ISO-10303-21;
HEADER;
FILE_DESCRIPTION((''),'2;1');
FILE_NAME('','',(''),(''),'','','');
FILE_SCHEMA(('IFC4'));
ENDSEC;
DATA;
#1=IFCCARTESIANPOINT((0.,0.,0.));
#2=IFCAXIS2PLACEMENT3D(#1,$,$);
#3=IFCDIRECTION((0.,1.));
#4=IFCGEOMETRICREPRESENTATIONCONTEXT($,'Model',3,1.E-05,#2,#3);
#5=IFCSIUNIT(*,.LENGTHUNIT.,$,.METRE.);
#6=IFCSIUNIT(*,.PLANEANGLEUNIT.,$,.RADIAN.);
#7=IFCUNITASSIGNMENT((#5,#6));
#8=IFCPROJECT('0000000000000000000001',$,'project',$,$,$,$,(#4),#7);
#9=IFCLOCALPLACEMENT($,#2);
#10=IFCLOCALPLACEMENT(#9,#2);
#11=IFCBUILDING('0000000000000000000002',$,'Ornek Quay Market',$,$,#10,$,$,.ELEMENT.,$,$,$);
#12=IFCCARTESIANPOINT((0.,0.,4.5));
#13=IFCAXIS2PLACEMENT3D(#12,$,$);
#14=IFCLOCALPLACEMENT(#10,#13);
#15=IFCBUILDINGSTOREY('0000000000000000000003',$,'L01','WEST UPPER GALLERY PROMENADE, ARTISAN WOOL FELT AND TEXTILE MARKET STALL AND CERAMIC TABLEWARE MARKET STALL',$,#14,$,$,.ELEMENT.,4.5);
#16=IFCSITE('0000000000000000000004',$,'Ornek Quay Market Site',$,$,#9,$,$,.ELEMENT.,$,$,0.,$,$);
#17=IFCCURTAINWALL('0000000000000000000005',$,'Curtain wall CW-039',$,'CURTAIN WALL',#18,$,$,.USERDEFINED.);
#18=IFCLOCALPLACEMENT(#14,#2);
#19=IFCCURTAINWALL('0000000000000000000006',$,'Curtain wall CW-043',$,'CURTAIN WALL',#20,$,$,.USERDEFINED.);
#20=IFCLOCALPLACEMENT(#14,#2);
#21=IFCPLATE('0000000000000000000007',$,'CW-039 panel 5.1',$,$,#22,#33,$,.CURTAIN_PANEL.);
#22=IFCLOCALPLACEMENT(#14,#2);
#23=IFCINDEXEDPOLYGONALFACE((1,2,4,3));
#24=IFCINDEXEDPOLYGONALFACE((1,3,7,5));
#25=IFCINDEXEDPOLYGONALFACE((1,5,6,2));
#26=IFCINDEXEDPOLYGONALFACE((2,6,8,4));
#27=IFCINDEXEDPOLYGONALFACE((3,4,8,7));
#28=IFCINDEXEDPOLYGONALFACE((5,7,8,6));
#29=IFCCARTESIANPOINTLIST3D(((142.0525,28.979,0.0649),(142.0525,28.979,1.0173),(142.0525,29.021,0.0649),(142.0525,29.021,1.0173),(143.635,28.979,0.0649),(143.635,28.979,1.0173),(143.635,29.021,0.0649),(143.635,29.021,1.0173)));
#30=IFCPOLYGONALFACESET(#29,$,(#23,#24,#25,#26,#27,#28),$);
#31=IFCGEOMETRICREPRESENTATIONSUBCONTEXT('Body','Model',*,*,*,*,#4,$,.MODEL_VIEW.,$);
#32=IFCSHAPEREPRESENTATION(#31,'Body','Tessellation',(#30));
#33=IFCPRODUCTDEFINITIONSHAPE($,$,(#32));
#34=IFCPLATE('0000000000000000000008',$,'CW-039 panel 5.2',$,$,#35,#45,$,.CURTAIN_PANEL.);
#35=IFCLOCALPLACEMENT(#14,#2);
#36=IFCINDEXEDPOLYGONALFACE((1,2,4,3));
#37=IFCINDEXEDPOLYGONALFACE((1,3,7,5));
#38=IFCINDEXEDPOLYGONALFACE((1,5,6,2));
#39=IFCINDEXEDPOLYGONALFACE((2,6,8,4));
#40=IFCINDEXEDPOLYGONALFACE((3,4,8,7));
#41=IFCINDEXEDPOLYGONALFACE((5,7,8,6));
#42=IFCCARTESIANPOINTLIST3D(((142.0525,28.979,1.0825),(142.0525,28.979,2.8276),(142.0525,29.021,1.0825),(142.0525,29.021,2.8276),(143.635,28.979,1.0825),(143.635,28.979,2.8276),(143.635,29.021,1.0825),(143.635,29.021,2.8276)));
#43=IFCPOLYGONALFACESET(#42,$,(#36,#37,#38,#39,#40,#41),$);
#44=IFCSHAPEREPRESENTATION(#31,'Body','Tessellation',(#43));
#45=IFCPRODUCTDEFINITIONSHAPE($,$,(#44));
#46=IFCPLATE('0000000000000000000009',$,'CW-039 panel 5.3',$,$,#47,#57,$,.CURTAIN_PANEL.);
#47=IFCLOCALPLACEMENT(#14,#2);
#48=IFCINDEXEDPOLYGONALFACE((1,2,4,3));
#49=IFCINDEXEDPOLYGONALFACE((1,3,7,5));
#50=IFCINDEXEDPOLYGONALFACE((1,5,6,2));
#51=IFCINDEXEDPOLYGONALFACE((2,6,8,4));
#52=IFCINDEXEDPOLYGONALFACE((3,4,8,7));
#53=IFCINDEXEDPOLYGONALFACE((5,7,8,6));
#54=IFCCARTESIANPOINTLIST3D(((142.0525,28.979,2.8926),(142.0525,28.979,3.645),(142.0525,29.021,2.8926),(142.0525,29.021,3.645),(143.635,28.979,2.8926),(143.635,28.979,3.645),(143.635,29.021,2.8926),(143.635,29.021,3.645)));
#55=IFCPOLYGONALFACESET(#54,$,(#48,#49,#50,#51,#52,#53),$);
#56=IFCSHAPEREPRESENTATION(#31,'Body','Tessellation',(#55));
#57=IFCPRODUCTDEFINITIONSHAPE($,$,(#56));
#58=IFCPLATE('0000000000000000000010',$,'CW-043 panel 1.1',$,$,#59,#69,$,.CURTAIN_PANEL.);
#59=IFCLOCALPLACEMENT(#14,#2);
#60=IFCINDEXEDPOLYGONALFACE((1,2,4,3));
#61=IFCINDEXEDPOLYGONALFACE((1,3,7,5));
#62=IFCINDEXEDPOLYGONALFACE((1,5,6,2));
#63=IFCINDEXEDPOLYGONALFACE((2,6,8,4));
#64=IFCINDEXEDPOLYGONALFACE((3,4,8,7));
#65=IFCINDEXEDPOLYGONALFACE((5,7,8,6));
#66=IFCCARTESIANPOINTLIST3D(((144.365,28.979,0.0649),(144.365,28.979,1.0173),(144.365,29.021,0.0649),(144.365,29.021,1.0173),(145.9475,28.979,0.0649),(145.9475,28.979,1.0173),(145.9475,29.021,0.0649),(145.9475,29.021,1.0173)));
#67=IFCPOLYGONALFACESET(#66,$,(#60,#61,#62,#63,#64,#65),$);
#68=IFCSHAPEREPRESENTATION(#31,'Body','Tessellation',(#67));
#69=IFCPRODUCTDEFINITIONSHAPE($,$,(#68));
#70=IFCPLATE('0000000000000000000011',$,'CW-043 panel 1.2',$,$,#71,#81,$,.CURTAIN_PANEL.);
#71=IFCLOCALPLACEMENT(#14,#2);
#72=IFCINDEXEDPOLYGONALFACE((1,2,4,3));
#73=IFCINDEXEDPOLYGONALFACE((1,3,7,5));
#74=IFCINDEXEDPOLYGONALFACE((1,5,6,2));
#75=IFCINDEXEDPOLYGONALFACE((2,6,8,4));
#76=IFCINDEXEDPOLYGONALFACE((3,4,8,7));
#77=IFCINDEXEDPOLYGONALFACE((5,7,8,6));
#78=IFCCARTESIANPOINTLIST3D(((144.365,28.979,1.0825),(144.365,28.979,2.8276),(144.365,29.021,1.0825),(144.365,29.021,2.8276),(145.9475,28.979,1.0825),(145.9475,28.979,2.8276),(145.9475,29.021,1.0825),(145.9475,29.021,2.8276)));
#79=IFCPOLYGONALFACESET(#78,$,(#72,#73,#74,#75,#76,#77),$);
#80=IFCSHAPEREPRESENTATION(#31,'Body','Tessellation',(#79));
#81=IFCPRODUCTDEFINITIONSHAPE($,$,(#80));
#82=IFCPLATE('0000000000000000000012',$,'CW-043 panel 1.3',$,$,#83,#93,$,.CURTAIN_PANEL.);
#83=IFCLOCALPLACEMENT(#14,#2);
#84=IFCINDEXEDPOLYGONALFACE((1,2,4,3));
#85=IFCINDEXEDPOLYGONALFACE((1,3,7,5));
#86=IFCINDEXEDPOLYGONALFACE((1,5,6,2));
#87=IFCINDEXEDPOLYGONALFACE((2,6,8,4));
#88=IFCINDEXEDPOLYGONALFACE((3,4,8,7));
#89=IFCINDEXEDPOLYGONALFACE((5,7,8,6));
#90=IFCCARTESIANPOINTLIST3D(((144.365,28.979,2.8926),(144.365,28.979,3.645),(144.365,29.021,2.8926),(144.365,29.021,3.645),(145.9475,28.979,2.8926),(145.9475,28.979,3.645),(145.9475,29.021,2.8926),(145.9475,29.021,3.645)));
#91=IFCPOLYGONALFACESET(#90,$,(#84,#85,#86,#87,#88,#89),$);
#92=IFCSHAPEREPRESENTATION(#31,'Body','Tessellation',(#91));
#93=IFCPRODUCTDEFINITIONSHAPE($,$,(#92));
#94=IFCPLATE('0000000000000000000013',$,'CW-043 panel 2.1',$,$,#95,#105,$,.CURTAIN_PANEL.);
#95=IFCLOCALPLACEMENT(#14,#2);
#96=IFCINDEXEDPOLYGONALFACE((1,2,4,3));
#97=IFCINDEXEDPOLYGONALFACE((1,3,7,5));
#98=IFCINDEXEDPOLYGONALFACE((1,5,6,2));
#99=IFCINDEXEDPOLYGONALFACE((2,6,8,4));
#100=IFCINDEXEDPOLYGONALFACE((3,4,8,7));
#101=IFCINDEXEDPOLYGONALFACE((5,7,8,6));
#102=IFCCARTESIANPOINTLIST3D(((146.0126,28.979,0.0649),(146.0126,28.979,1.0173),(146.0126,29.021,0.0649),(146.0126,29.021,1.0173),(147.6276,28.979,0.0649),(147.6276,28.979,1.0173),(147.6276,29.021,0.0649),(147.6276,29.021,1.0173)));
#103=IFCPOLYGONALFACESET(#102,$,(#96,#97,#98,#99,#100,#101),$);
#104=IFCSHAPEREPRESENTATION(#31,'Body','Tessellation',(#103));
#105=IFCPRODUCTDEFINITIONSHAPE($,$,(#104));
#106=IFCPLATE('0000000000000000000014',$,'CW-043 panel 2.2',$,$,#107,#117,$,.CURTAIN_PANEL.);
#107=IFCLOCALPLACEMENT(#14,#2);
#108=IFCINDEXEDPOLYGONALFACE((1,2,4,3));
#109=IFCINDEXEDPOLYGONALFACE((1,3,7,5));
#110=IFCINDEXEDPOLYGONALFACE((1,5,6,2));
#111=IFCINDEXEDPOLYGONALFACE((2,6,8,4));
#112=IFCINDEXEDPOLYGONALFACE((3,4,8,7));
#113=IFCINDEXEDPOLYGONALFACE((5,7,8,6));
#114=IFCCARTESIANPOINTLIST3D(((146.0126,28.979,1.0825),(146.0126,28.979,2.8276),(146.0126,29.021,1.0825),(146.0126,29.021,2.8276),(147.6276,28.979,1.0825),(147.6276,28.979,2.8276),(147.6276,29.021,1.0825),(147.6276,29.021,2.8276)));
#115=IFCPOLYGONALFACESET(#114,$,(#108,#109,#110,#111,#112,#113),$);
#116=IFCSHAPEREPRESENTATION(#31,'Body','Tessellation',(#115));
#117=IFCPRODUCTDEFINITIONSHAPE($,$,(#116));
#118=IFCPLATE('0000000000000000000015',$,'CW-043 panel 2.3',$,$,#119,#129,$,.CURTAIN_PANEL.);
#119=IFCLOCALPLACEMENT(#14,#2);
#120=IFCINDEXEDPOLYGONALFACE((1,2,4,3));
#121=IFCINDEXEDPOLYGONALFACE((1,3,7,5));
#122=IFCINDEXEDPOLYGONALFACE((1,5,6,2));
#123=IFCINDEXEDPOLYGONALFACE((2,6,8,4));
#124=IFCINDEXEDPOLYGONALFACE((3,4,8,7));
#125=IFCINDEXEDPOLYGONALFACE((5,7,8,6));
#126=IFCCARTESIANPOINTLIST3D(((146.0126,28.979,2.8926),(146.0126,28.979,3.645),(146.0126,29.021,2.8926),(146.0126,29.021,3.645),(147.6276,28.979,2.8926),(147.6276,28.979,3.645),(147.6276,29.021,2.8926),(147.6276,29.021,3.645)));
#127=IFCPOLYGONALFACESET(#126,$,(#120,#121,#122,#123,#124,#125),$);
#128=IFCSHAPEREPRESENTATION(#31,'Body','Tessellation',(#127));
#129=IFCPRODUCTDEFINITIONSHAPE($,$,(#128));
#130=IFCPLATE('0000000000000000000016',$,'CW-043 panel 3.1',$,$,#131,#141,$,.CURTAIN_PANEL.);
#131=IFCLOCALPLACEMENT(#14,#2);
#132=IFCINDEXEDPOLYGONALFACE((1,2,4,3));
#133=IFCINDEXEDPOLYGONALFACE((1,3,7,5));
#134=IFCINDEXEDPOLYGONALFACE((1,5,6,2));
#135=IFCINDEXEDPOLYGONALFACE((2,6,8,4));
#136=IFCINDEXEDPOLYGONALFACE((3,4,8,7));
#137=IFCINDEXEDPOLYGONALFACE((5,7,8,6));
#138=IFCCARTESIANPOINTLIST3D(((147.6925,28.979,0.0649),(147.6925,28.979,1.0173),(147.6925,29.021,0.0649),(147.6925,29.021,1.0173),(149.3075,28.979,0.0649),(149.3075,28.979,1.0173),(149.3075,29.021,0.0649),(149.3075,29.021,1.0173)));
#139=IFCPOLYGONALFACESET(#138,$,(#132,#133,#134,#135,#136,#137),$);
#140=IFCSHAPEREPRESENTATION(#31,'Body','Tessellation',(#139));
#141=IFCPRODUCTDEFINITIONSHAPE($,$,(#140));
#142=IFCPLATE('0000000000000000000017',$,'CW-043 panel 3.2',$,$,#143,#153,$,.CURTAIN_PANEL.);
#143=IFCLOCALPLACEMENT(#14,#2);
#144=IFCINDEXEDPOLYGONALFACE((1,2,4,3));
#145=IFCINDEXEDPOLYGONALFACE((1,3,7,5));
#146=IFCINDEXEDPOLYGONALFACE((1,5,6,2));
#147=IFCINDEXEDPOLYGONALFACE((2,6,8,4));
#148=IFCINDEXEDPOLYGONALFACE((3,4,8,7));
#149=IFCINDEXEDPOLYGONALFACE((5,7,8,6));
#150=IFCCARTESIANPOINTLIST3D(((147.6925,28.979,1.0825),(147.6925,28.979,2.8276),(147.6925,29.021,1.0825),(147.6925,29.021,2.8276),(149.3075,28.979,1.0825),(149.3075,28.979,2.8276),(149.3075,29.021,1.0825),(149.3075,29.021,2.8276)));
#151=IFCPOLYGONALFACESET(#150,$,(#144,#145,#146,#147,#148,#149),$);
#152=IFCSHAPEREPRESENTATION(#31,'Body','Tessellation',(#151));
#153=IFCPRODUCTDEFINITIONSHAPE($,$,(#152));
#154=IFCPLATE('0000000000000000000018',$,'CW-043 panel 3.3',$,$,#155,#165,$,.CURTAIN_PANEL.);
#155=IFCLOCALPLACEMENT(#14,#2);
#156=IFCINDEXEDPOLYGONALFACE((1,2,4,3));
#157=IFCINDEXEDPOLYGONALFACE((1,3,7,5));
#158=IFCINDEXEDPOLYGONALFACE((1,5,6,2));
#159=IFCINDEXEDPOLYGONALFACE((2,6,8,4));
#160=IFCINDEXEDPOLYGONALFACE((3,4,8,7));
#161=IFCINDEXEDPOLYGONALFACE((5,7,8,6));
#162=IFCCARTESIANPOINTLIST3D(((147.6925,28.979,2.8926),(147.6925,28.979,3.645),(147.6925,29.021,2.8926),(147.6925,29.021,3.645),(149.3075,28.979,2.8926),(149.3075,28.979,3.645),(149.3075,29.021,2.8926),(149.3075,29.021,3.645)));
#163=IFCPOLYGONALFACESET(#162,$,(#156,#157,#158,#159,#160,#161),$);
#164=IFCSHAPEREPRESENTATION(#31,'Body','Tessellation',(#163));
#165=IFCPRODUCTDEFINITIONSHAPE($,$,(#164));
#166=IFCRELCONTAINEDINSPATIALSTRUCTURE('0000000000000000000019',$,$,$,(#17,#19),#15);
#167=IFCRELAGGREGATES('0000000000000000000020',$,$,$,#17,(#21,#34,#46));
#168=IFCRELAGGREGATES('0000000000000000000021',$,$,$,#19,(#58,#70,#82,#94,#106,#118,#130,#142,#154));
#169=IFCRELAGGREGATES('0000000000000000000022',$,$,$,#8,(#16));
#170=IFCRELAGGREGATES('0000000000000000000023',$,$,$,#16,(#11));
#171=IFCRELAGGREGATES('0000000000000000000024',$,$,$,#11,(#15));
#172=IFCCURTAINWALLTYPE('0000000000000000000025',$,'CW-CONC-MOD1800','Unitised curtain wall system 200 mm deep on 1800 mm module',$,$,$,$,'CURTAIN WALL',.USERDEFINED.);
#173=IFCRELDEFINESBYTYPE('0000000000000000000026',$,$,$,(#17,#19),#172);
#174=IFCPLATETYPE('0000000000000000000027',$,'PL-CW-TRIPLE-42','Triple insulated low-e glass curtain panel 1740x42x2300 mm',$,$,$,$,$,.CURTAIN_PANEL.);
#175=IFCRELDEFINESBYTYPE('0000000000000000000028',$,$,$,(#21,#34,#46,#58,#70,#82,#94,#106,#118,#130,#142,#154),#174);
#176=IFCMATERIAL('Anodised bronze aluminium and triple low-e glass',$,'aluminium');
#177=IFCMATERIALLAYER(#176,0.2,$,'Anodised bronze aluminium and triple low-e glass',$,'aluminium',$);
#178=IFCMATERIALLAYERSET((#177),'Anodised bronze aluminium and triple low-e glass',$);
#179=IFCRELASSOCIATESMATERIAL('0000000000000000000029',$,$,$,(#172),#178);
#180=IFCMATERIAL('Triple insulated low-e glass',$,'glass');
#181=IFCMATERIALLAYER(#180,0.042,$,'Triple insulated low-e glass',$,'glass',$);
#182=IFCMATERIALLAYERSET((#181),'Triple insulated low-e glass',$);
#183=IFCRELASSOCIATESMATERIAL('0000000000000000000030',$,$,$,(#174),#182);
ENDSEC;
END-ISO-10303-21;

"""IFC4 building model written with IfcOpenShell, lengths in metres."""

from ifc_helpers import new_model, si_unit, direction, frame, origin, origin_2d, place, context, subcontext, project, spatial, rectangle, extrude, material, layer, layer_set, type_object, element, aggregate, save


model = new_model("IFC4")

# Units and contexts
model_context = context("Model", 3, precision=1e-05, world=origin(), true_north=direction((0.0, 1.0)))
body_context = subcontext(model_context, "Body", "Model", "MODEL_VIEW")
ifc_project = project(units=[si_unit("LENGTHUNIT", "METRE"), si_unit("PLANEANGLEUNIT", "RADIAN")], contexts=[model_context])

# Site, building, storey
site_placement = place(None, origin())
site = spatial("IfcSite", under=ifc_project, at=site_placement, Name="Ornek Quay Market Site", CompositionType="ELEMENT", RefElevation=0.0)
building_placement = place(site_placement, origin())
building = spatial("IfcBuilding", under=site, at=building_placement, Name="Ornek Quay Market", CompositionType="ELEMENT")
storey_placement = place(building_placement, frame((0.0, 0.0, 4.5)))
storey = spatial("IfcBuildingStorey", under=building, at=storey_placement, Name="L01", Description="WEST UPPER GALLERY PROMENADE, ARTISAN WOOL FELT AND TEXTILE MARKET STALL AND CERAMIC TABLEWARE MARKET STALL", CompositionType="ELEMENT", Elevation=4.5)

# Curtain wall
ifc_material_1 = material(Name="Anodised bronze aluminium and triple low-e glass", Category="aluminium")
ifc_layer_1 = layer(ifc_material_1, 0.2, Name="Anodised bronze aluminium and triple low-e glass", Category="aluminium")
ifc_layer_set_1 = layer_set([ifc_layer_1], Name="Anodised bronze aluminium and triple low-e glass")
curtain_wall_type_1 = type_object("IfcCurtainWallType", Name="CW-CONC-MOD1800", Description="Unitised curtain wall system 200 mm deep on 1800 mm module", ElementType="CURTAIN WALL", PredefinedType="USERDEFINED", material=ifc_layer_set_1)
curtain_wall_1_placement = place(storey_placement, origin())
curtain_wall_1 = element("IfcCurtainWall", 1, at=curtain_wall_1_placement, inside=storey, type_object=curtain_wall_type_1, Name="Curtain wall CW-039", ObjectType="CURTAIN WALL", PredefinedType="USERDEFINED")

# Curtain wall
curtain_wall_2_placement = place(storey_placement, origin())
curtain_wall_2 = element("IfcCurtainWall", 2, at=curtain_wall_2_placement, inside=storey, type_object=curtain_wall_type_1, Name="Curtain wall CW-043", ObjectType="CURTAIN WALL", PredefinedType="USERDEFINED")

# Plates
ifc_material_2 = material(Name="Triple insulated low-e glass", Category="glass")
ifc_layer_2 = layer(ifc_material_2, 0.042, Name="Triple insulated low-e glass", Category="glass")
ifc_layer_set_2 = layer_set([ifc_layer_2], Name="Triple insulated low-e glass")
plate_type = type_object("IfcPlateType", Name="PL-CW-TRIPLE-42", Description="Triple insulated low-e glass curtain panel 1740x42x2300 mm", PredefinedType="CURTAIN_PANEL", material=ifc_layer_set_2)
plate_1_placement = place(storey_placement, frame((142.8438, 29.0, 0.0649), z_axis=(0.0, 0.0, 1.0), x_axis=(1.0, 0.0, 0.0)))
plate_1 = element("IfcPlate", 3, at=plate_1_placement, type_object=plate_type, Name="CW-039 panel 5.1", PredefinedType="CURTAIN_PANEL", context=body_context, shape_type="SweptSolid", body=[
    extrude(rectangle(XDim=1.5825, YDim=0.042, at=origin_2d()), origin(), (0.0, 0.0, 1.0), 0.9524),
])
plate_2_placement = place(storey_placement, frame((142.8438, 29.0, 1.0825), z_axis=(0.0, 0.0, 1.0), x_axis=(1.0, 0.0, 0.0)))
plate_2 = element("IfcPlate", 4, at=plate_2_placement, type_object=plate_type, Name="CW-039 panel 5.2", PredefinedType="CURTAIN_PANEL", context=body_context, shape_type="SweptSolid", body=[
    extrude(rectangle(XDim=1.5825, YDim=0.042, at=origin_2d()), origin(), (0.0, 0.0, 1.0), 1.7451),
])
plate_3_placement = place(storey_placement, frame((142.8438, 29.0, 2.8926), z_axis=(0.0, 0.0, 1.0), x_axis=(1.0, 0.0, 0.0)))
plate_3 = element("IfcPlate", 5, at=plate_3_placement, type_object=plate_type, Name="CW-039 panel 5.3", PredefinedType="CURTAIN_PANEL", context=body_context, shape_type="SweptSolid", body=[
    extrude(rectangle(XDim=1.5825, YDim=0.042, at=origin_2d()), origin(), (0.0, 0.0, 1.0), 0.7524),
])
aggregate(curtain_wall_1, [plate_1, plate_2, plate_3])
plate_4_placement = place(storey_placement, frame((145.1562, 29.0, 0.0649), z_axis=(0.0, 0.0, 1.0), x_axis=(1.0, 0.0, 0.0)))
plate_4 = element("IfcPlate", 6, at=plate_4_placement, type_object=plate_type, Name="CW-043 panel 1.1", PredefinedType="CURTAIN_PANEL", context=body_context, shape_type="SweptSolid", body=[
    extrude(rectangle(XDim=1.5825, YDim=0.042, at=origin_2d()), origin(), (0.0, 0.0, 1.0), 0.9524),
])
plate_5_placement = place(storey_placement, frame((145.1562, 29.0, 1.0825), z_axis=(0.0, 0.0, 1.0), x_axis=(1.0, 0.0, 0.0)))
plate_5 = element("IfcPlate", 7, at=plate_5_placement, type_object=plate_type, Name="CW-043 panel 1.2", PredefinedType="CURTAIN_PANEL", context=body_context, shape_type="SweptSolid", body=[
    extrude(rectangle(XDim=1.5825, YDim=0.042, at=origin_2d()), origin(), (0.0, 0.0, 1.0), 1.7451),
])
plate_6_placement = place(storey_placement, frame((145.1562, 29.0, 2.8926), z_axis=(0.0, 0.0, 1.0), x_axis=(1.0, 0.0, 0.0)))
plate_6 = element("IfcPlate", 8, at=plate_6_placement, type_object=plate_type, Name="CW-043 panel 1.3", PredefinedType="CURTAIN_PANEL", context=body_context, shape_type="SweptSolid", body=[
    extrude(rectangle(XDim=1.5825, YDim=0.042, at=origin_2d()), origin(), (0.0, 0.0, 1.0), 0.7524),
])
plate_7_placement = place(storey_placement, frame((146.8201, 29.0, 0.0649), z_axis=(0.0, 0.0, 1.0), x_axis=(1.0, 0.0, 0.0)))
plate_7 = element("IfcPlate", 9, at=plate_7_placement, type_object=plate_type, Name="CW-043 panel 2.1", PredefinedType="CURTAIN_PANEL", context=body_context, shape_type="SweptSolid", body=[
    extrude(rectangle(XDim=1.615, YDim=0.042, at=origin_2d()), origin(), (0.0, 0.0, 1.0), 0.9524),
])
plate_8_placement = place(storey_placement, frame((146.8201, 29.0, 1.0825), z_axis=(0.0, 0.0, 1.0), x_axis=(1.0, 0.0, 0.0)))
plate_8 = element("IfcPlate", 10, at=plate_8_placement, type_object=plate_type, Name="CW-043 panel 2.2", PredefinedType="CURTAIN_PANEL", context=body_context, shape_type="SweptSolid", body=[
    extrude(rectangle(XDim=1.615, YDim=0.042, at=origin_2d()), origin(), (0.0, 0.0, 1.0), 1.7451),
])
plate_9_placement = place(storey_placement, frame((146.8201, 29.0, 2.8926), z_axis=(0.0, 0.0, 1.0), x_axis=(1.0, 0.0, 0.0)))
plate_9 = element("IfcPlate", 11, at=plate_9_placement, type_object=plate_type, Name="CW-043 panel 2.3", PredefinedType="CURTAIN_PANEL", context=body_context, shape_type="SweptSolid", body=[
    extrude(rectangle(XDim=1.615, YDim=0.042, at=origin_2d()), origin(), (0.0, 0.0, 1.0), 0.7524),
])
plate_10_placement = place(storey_placement, frame((148.5, 29.0, 0.0649), z_axis=(0.0, 0.0, 1.0), x_axis=(1.0, 0.0, 0.0)))
plate_10 = element("IfcPlate", 12, at=plate_10_placement, type_object=plate_type, Name="CW-043 panel 3.1", PredefinedType="CURTAIN_PANEL", context=body_context, shape_type="SweptSolid", body=[
    extrude(rectangle(XDim=1.615, YDim=0.042, at=origin_2d()), origin(), (0.0, 0.0, 1.0), 0.9524),
])
plate_11_placement = place(storey_placement, frame((148.5, 29.0, 1.0825), z_axis=(0.0, 0.0, 1.0), x_axis=(1.0, 0.0, 0.0)))
plate_11 = element("IfcPlate", 13, at=plate_11_placement, type_object=plate_type, Name="CW-043 panel 3.2", PredefinedType="CURTAIN_PANEL", context=body_context, shape_type="SweptSolid", body=[
    extrude(rectangle(XDim=1.615, YDim=0.042, at=origin_2d()), origin(), (0.0, 0.0, 1.0), 1.7451),
])
plate_12_placement = place(storey_placement, frame((148.5, 29.0, 2.8926), z_axis=(0.0, 0.0, 1.0), x_axis=(1.0, 0.0, 0.0)))
plate_12 = element("IfcPlate", 14, at=plate_12_placement, type_object=plate_type, Name="CW-043 panel 3.3", PredefinedType="CURTAIN_PANEL", context=body_context, shape_type="SweptSolid", body=[
    extrude(rectangle(XDim=1.615, YDim=0.042, at=origin_2d()), origin(), (0.0, 0.0, 1.0), 0.7524),
])
aggregate(curtain_wall_2, [plate_4, plate_5, plate_6, plate_7, plate_8, plate_9, plate_10, plate_11, plate_12])

save(model, "model.ifc")
